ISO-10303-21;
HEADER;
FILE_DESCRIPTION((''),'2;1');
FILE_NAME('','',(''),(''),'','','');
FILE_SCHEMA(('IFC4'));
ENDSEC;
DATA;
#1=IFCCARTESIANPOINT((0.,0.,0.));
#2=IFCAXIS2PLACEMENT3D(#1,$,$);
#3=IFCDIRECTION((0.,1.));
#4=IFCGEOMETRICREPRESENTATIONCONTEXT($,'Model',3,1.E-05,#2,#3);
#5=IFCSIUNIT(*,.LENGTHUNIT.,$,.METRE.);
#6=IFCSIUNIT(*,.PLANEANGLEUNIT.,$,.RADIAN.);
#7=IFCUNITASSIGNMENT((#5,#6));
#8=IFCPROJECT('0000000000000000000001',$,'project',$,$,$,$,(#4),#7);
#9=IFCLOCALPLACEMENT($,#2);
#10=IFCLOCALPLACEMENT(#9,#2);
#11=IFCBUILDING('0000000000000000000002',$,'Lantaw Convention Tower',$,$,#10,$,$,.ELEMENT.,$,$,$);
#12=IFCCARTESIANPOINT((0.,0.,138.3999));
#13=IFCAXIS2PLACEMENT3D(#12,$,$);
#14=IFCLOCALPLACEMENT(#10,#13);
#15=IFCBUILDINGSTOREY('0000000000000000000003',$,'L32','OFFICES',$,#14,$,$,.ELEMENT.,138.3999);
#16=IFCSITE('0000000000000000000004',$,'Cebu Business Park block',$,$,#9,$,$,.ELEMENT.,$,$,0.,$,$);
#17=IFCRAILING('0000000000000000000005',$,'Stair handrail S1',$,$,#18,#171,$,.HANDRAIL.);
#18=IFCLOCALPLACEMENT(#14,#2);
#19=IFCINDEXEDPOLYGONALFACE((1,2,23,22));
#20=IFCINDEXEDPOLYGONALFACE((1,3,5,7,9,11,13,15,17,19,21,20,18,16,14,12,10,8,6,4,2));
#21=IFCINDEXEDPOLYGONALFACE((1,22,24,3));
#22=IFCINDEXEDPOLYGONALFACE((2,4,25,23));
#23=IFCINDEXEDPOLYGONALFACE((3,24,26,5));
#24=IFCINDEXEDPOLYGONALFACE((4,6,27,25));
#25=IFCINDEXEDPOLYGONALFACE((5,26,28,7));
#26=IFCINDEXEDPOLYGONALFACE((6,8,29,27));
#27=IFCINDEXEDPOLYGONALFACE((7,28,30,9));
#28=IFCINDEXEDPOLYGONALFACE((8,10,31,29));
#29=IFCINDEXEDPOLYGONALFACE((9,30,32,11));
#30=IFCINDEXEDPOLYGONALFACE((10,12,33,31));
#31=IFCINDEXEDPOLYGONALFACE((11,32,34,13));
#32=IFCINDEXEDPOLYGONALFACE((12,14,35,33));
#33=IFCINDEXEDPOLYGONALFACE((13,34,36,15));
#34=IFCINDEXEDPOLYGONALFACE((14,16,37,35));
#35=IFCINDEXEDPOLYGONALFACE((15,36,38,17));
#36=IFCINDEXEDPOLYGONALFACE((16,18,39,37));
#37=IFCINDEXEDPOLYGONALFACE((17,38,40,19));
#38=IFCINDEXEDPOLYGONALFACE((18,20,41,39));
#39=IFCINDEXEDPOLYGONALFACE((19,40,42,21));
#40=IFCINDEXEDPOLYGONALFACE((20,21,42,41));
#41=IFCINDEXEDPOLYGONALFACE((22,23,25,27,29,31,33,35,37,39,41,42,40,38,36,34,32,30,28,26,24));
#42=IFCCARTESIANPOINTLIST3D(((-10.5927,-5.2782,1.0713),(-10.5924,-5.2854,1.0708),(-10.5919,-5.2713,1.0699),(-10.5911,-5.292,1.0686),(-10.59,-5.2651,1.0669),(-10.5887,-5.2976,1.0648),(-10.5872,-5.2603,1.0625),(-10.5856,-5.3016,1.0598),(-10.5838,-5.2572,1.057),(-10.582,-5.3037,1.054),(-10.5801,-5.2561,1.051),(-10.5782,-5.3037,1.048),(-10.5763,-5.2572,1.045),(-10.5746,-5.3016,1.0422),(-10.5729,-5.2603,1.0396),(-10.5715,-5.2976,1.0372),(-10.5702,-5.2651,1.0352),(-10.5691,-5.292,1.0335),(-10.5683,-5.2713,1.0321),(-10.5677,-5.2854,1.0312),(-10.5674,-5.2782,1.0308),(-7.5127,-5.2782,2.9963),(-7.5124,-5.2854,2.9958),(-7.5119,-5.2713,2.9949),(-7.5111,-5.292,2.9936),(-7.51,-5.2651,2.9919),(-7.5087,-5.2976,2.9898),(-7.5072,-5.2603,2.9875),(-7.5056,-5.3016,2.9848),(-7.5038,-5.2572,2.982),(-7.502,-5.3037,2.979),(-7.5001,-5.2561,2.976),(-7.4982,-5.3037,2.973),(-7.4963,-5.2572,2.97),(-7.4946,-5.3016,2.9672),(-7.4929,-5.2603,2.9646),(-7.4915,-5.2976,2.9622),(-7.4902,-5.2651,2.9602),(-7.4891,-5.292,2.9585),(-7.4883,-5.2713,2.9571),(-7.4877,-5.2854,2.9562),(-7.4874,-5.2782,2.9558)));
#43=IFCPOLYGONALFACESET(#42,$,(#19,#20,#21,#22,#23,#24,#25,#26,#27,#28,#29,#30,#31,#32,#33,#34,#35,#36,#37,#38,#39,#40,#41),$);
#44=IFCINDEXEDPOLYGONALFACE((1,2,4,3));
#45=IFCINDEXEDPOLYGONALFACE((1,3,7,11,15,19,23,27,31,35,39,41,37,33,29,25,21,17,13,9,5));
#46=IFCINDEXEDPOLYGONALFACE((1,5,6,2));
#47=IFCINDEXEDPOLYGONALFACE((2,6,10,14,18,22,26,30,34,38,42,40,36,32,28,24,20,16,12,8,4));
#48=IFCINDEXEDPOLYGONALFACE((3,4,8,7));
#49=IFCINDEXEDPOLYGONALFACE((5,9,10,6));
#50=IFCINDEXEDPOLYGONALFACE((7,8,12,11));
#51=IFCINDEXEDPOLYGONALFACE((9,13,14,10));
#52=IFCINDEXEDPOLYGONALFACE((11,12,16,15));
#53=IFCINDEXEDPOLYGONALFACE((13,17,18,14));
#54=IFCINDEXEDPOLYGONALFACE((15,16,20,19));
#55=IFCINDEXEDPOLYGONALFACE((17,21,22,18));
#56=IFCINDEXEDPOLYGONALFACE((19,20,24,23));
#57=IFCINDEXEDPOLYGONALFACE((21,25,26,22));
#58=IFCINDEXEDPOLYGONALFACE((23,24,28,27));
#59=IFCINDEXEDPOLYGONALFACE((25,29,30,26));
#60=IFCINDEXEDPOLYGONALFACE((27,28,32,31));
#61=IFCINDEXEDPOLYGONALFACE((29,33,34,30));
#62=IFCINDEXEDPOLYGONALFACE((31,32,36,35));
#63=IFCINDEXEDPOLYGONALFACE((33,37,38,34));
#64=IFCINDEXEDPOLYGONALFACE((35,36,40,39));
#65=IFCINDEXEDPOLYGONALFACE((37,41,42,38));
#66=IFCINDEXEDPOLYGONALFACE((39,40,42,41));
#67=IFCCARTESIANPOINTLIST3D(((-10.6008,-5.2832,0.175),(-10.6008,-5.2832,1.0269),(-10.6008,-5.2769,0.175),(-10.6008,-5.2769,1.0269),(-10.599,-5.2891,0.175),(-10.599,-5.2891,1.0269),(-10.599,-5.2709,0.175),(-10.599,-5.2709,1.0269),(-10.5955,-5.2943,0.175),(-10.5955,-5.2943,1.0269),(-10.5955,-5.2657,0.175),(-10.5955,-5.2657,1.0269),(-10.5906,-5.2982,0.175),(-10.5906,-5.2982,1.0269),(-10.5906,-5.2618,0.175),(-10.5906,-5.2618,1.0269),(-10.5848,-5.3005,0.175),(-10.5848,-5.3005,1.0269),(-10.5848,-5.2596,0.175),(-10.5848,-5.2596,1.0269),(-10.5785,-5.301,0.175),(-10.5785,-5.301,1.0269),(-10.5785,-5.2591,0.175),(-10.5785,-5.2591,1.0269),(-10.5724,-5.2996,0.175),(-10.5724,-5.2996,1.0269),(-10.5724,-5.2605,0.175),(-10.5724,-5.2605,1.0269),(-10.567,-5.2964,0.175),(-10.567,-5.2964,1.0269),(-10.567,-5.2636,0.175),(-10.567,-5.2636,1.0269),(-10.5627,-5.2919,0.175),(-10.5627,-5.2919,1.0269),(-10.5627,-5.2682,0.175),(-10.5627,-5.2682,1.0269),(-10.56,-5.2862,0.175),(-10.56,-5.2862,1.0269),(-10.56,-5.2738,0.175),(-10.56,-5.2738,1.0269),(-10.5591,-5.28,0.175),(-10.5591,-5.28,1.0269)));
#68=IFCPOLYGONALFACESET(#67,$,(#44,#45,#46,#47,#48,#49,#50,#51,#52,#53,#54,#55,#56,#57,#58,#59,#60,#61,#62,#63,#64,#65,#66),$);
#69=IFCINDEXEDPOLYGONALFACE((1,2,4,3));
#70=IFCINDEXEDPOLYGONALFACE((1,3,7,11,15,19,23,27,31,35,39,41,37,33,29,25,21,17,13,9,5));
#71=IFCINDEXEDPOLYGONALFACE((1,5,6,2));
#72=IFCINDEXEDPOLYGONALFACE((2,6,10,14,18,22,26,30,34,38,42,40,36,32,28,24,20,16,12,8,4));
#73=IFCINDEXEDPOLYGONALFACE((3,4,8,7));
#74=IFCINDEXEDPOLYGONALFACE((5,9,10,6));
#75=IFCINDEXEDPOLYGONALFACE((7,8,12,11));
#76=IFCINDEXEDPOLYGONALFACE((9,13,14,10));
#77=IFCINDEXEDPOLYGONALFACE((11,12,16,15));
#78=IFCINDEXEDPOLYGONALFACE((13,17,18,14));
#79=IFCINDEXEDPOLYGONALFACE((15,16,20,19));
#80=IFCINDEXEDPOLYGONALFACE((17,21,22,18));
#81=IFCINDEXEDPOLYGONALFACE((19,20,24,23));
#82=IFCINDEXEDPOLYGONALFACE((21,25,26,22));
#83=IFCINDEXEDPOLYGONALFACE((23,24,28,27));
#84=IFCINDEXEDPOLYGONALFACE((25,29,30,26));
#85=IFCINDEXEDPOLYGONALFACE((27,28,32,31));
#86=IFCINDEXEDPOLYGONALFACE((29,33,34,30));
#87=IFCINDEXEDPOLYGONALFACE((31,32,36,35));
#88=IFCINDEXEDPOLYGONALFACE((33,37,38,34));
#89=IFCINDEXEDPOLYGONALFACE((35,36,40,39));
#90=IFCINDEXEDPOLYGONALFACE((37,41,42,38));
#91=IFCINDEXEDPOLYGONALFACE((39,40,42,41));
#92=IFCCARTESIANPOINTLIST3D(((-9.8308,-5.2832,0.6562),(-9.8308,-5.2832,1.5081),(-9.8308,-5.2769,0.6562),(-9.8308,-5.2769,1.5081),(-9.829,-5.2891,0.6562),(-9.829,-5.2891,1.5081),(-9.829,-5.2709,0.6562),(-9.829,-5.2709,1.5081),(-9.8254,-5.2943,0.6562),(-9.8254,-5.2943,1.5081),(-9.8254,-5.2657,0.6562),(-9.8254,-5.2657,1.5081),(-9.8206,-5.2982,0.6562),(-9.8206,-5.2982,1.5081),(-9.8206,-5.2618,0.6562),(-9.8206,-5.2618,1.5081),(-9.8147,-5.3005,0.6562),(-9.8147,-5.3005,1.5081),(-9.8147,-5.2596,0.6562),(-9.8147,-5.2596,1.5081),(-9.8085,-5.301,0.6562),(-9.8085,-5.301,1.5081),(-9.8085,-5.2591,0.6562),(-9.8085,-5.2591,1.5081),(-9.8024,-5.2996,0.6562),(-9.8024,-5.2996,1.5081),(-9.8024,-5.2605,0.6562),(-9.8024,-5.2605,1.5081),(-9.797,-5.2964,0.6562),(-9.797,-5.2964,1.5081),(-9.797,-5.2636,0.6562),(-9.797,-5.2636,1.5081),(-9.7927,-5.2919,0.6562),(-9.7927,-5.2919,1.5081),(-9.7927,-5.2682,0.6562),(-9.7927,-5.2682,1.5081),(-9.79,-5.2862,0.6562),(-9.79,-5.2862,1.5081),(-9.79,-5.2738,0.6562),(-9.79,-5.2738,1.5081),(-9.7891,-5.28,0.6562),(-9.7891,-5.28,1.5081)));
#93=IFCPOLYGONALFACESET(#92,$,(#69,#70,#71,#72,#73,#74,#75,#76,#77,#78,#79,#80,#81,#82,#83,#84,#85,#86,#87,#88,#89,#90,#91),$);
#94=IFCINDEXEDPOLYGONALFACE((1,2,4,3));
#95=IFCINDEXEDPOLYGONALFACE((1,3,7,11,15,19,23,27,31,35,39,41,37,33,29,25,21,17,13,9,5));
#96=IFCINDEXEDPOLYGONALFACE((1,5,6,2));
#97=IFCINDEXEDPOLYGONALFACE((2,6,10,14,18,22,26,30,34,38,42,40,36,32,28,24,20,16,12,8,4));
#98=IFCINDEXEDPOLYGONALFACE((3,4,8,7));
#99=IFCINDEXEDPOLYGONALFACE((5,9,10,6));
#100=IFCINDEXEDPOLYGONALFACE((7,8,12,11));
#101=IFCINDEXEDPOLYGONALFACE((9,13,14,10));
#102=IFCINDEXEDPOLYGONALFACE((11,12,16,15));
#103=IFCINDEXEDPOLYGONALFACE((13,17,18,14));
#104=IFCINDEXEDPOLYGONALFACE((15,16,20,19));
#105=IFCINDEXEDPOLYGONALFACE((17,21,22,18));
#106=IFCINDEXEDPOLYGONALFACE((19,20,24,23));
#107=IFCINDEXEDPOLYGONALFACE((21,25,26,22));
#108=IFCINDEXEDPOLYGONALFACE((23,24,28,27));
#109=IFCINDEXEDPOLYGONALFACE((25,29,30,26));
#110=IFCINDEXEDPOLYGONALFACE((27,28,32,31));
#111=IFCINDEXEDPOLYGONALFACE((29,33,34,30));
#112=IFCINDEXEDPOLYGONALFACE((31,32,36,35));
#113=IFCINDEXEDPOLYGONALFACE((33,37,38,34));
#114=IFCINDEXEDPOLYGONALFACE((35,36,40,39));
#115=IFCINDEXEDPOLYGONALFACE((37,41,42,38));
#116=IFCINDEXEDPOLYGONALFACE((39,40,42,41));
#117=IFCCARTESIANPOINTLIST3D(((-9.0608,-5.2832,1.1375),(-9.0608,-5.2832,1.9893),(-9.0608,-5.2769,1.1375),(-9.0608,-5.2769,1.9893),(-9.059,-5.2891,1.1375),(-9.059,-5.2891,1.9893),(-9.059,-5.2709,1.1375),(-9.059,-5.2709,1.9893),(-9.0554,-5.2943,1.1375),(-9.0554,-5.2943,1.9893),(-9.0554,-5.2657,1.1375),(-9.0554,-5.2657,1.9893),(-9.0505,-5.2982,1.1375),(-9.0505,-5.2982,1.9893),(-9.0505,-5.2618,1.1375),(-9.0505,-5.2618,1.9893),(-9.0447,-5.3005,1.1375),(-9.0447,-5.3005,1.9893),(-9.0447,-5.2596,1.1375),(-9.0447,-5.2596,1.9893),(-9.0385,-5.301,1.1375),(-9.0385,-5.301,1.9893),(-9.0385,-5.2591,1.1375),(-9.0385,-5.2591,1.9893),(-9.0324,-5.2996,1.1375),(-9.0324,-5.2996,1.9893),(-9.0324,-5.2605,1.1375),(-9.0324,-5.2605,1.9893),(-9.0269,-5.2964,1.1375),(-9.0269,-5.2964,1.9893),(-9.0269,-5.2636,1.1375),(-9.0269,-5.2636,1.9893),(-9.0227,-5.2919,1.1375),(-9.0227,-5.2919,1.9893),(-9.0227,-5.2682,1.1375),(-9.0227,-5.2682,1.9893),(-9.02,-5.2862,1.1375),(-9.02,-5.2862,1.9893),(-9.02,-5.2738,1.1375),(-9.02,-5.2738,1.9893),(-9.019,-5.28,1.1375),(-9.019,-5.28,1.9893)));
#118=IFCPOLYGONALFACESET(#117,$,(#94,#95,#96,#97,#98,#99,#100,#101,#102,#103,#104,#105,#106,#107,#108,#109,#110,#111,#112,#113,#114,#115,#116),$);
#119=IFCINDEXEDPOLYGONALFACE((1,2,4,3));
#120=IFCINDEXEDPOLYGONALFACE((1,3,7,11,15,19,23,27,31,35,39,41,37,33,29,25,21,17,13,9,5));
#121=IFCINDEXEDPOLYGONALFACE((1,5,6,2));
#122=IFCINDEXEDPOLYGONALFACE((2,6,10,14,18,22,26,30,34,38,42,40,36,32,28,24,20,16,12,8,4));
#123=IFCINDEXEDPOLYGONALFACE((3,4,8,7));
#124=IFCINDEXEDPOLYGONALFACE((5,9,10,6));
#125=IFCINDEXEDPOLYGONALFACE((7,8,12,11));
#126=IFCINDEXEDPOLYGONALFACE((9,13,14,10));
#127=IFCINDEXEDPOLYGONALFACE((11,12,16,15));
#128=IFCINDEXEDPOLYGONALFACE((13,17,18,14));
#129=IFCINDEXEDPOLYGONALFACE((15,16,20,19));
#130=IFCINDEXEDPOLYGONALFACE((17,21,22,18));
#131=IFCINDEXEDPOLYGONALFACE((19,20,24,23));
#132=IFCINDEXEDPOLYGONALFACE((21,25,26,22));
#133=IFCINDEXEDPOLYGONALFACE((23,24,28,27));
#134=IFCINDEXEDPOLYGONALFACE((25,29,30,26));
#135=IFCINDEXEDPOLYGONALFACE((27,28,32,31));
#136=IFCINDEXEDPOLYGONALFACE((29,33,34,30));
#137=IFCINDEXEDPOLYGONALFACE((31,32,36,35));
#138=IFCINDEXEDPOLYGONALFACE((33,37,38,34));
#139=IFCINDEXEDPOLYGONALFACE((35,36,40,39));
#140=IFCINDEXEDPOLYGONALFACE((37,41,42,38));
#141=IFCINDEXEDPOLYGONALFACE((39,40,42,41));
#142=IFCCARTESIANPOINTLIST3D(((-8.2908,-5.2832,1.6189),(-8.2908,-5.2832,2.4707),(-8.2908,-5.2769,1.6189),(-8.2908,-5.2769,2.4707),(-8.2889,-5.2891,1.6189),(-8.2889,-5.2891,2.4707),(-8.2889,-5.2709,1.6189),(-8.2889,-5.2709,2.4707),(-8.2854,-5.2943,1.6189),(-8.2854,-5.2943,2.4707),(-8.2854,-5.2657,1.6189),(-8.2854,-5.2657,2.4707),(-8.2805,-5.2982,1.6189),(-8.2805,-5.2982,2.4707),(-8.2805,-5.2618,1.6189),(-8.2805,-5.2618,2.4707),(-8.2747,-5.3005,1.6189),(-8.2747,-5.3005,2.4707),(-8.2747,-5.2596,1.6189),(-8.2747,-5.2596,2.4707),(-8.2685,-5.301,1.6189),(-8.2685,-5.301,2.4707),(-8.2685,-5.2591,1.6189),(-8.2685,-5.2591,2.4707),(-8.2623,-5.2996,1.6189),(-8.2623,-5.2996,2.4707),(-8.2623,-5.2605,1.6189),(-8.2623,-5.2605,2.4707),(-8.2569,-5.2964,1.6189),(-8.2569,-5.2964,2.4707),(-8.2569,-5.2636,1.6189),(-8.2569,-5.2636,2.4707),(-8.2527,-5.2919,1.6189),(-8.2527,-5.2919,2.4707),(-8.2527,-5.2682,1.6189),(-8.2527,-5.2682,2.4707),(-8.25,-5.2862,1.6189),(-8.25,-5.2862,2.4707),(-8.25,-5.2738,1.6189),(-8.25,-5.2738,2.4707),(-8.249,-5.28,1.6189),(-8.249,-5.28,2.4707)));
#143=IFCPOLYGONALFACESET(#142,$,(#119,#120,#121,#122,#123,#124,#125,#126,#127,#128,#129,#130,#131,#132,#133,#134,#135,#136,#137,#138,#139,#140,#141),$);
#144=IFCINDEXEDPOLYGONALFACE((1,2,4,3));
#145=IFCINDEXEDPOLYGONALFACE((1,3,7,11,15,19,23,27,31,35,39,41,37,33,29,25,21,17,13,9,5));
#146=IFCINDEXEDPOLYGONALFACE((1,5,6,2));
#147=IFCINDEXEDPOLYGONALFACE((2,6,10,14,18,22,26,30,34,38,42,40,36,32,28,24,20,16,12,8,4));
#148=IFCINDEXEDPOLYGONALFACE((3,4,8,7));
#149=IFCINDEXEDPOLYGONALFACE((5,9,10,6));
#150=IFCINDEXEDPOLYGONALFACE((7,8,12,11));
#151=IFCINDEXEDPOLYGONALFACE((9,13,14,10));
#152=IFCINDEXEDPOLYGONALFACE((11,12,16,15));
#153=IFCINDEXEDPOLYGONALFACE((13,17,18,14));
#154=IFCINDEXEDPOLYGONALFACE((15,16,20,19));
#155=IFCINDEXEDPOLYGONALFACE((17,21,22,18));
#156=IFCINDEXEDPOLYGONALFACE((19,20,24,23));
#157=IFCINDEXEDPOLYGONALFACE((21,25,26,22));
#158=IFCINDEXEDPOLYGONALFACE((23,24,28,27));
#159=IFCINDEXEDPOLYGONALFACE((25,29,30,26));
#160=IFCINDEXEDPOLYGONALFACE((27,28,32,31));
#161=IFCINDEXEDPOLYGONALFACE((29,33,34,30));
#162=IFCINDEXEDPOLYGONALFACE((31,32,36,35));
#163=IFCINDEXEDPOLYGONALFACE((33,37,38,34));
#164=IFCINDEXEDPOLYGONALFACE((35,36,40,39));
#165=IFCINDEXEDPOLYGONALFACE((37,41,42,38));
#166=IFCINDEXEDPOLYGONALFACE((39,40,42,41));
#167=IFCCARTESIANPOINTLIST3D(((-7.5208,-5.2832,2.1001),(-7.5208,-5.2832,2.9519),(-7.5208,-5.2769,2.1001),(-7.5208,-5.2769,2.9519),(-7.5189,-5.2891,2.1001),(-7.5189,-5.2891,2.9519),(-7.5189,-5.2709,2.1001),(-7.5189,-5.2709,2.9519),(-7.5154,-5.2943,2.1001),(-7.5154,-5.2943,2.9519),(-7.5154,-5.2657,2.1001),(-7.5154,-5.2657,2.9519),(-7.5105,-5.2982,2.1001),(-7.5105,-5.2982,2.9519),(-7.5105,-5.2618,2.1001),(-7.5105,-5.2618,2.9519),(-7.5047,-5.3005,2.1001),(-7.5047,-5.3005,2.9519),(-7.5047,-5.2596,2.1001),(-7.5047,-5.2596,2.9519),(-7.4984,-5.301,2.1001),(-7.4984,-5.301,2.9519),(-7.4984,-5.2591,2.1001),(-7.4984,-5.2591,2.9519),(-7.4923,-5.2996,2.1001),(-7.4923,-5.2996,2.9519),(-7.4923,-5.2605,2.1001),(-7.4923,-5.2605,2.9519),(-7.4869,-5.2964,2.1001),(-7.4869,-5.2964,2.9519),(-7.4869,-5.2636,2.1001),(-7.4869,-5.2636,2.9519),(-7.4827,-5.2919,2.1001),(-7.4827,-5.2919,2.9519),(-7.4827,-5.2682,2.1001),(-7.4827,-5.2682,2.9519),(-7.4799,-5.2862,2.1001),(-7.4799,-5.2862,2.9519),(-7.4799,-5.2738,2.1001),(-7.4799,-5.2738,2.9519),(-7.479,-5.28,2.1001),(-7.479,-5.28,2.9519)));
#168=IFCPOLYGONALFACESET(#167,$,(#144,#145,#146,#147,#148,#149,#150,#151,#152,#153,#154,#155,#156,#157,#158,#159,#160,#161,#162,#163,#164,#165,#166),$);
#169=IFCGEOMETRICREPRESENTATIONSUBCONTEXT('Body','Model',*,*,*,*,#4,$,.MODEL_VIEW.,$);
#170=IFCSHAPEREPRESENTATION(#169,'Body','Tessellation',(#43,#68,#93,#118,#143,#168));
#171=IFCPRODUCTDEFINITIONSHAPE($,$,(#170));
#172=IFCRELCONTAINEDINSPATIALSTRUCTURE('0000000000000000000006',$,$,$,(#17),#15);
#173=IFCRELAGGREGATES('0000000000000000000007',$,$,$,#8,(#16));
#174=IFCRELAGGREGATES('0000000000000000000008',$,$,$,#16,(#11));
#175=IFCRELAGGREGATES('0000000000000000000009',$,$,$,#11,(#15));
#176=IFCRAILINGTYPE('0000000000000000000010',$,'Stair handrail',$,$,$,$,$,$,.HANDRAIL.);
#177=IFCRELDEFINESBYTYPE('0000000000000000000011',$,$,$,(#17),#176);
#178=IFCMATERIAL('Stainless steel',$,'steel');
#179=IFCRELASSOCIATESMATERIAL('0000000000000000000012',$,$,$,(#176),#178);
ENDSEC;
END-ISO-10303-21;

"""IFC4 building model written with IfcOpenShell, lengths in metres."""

from ifc_helpers import new_model, si_unit, direction, frame, origin, origin_2d, place, context, subcontext, project, spatial, circle, extrude, material, type_object, element, save


model = new_model("IFC4")

# Units and contexts
model_context = context("Model", 3, precision=1e-05, world=origin(), true_north=direction((0.0, 1.0)))
body_context = subcontext(model_context, "Body", "Model", "MODEL_VIEW")
ifc_project = project(units=[si_unit("LENGTHUNIT", "METRE"), si_unit("PLANEANGLEUNIT", "RADIAN")], contexts=[model_context])

# Site, building, storey
site_placement = place(None, origin())
site = spatial("IfcSite", under=ifc_project, at=site_placement, Name="Cebu Business Park block", CompositionType="ELEMENT", RefElevation=0.0)
building_placement = place(site_placement, origin())
building = spatial("IfcBuilding", under=site, at=building_placement, Name="Lantaw Convention Tower", CompositionType="ELEMENT")
storey_placement = place(building_placement, frame((0.0, 0.0, 138.3999)))
storey = spatial("IfcBuildingStorey", under=building, at=storey_placement, Name="L32", Description="OFFICES", CompositionType="ELEMENT", Elevation=138.3999)

# Railing
ifc_material_1 = material(Name="Stainless steel", Category="steel")
railing_type = type_object("IfcRailingType", Name="Stair handrail", PredefinedType="HANDRAIL", material=ifc_material_1)
railing_1_placement = place(storey_placement, frame((-10.5801, -5.28, 0.175)))
element("IfcRailing", 1, at=railing_1_placement, inside=storey, type_object=railing_type, Name="Stair handrail S1", PredefinedType="HANDRAIL", context=body_context, shape_type="SweptSolid", body=[
    extrude(circle(Radius=0.0239, at=origin_2d()), frame((0.0, 0.0, 0.876), z_axis=(0.847998, 0.0, 0.529999), x_axis=(0.0, 1.0, 0.0)), (0.0, 0.0, 1.0), 3.6321),
    extrude(circle(Radius=0.021, at=origin_2d()), origin(), (0.0, 0.0, 1.0), 0.8518),
    extrude(circle(Radius=0.021, at=origin_2d()), frame((0.77, 0.0, 0.4812)), (0.0, 0.0, 1.0), 0.8518),
    extrude(circle(Radius=0.021, at=origin_2d()), frame((1.54, 0.0, 0.9624)), (0.0, 0.0, 1.0), 0.8518),
    extrude(circle(Radius=0.021, at=origin_2d()), frame((2.3101, 0.0, 1.4438)), (0.0, 0.0, 1.0), 0.8518),
    extrude(circle(Radius=0.021, at=origin_2d()), frame((3.0801, 0.0, 1.925)), (0.0, 0.0, 1.0), 0.8518),
])

save(model, "model.ifc")
